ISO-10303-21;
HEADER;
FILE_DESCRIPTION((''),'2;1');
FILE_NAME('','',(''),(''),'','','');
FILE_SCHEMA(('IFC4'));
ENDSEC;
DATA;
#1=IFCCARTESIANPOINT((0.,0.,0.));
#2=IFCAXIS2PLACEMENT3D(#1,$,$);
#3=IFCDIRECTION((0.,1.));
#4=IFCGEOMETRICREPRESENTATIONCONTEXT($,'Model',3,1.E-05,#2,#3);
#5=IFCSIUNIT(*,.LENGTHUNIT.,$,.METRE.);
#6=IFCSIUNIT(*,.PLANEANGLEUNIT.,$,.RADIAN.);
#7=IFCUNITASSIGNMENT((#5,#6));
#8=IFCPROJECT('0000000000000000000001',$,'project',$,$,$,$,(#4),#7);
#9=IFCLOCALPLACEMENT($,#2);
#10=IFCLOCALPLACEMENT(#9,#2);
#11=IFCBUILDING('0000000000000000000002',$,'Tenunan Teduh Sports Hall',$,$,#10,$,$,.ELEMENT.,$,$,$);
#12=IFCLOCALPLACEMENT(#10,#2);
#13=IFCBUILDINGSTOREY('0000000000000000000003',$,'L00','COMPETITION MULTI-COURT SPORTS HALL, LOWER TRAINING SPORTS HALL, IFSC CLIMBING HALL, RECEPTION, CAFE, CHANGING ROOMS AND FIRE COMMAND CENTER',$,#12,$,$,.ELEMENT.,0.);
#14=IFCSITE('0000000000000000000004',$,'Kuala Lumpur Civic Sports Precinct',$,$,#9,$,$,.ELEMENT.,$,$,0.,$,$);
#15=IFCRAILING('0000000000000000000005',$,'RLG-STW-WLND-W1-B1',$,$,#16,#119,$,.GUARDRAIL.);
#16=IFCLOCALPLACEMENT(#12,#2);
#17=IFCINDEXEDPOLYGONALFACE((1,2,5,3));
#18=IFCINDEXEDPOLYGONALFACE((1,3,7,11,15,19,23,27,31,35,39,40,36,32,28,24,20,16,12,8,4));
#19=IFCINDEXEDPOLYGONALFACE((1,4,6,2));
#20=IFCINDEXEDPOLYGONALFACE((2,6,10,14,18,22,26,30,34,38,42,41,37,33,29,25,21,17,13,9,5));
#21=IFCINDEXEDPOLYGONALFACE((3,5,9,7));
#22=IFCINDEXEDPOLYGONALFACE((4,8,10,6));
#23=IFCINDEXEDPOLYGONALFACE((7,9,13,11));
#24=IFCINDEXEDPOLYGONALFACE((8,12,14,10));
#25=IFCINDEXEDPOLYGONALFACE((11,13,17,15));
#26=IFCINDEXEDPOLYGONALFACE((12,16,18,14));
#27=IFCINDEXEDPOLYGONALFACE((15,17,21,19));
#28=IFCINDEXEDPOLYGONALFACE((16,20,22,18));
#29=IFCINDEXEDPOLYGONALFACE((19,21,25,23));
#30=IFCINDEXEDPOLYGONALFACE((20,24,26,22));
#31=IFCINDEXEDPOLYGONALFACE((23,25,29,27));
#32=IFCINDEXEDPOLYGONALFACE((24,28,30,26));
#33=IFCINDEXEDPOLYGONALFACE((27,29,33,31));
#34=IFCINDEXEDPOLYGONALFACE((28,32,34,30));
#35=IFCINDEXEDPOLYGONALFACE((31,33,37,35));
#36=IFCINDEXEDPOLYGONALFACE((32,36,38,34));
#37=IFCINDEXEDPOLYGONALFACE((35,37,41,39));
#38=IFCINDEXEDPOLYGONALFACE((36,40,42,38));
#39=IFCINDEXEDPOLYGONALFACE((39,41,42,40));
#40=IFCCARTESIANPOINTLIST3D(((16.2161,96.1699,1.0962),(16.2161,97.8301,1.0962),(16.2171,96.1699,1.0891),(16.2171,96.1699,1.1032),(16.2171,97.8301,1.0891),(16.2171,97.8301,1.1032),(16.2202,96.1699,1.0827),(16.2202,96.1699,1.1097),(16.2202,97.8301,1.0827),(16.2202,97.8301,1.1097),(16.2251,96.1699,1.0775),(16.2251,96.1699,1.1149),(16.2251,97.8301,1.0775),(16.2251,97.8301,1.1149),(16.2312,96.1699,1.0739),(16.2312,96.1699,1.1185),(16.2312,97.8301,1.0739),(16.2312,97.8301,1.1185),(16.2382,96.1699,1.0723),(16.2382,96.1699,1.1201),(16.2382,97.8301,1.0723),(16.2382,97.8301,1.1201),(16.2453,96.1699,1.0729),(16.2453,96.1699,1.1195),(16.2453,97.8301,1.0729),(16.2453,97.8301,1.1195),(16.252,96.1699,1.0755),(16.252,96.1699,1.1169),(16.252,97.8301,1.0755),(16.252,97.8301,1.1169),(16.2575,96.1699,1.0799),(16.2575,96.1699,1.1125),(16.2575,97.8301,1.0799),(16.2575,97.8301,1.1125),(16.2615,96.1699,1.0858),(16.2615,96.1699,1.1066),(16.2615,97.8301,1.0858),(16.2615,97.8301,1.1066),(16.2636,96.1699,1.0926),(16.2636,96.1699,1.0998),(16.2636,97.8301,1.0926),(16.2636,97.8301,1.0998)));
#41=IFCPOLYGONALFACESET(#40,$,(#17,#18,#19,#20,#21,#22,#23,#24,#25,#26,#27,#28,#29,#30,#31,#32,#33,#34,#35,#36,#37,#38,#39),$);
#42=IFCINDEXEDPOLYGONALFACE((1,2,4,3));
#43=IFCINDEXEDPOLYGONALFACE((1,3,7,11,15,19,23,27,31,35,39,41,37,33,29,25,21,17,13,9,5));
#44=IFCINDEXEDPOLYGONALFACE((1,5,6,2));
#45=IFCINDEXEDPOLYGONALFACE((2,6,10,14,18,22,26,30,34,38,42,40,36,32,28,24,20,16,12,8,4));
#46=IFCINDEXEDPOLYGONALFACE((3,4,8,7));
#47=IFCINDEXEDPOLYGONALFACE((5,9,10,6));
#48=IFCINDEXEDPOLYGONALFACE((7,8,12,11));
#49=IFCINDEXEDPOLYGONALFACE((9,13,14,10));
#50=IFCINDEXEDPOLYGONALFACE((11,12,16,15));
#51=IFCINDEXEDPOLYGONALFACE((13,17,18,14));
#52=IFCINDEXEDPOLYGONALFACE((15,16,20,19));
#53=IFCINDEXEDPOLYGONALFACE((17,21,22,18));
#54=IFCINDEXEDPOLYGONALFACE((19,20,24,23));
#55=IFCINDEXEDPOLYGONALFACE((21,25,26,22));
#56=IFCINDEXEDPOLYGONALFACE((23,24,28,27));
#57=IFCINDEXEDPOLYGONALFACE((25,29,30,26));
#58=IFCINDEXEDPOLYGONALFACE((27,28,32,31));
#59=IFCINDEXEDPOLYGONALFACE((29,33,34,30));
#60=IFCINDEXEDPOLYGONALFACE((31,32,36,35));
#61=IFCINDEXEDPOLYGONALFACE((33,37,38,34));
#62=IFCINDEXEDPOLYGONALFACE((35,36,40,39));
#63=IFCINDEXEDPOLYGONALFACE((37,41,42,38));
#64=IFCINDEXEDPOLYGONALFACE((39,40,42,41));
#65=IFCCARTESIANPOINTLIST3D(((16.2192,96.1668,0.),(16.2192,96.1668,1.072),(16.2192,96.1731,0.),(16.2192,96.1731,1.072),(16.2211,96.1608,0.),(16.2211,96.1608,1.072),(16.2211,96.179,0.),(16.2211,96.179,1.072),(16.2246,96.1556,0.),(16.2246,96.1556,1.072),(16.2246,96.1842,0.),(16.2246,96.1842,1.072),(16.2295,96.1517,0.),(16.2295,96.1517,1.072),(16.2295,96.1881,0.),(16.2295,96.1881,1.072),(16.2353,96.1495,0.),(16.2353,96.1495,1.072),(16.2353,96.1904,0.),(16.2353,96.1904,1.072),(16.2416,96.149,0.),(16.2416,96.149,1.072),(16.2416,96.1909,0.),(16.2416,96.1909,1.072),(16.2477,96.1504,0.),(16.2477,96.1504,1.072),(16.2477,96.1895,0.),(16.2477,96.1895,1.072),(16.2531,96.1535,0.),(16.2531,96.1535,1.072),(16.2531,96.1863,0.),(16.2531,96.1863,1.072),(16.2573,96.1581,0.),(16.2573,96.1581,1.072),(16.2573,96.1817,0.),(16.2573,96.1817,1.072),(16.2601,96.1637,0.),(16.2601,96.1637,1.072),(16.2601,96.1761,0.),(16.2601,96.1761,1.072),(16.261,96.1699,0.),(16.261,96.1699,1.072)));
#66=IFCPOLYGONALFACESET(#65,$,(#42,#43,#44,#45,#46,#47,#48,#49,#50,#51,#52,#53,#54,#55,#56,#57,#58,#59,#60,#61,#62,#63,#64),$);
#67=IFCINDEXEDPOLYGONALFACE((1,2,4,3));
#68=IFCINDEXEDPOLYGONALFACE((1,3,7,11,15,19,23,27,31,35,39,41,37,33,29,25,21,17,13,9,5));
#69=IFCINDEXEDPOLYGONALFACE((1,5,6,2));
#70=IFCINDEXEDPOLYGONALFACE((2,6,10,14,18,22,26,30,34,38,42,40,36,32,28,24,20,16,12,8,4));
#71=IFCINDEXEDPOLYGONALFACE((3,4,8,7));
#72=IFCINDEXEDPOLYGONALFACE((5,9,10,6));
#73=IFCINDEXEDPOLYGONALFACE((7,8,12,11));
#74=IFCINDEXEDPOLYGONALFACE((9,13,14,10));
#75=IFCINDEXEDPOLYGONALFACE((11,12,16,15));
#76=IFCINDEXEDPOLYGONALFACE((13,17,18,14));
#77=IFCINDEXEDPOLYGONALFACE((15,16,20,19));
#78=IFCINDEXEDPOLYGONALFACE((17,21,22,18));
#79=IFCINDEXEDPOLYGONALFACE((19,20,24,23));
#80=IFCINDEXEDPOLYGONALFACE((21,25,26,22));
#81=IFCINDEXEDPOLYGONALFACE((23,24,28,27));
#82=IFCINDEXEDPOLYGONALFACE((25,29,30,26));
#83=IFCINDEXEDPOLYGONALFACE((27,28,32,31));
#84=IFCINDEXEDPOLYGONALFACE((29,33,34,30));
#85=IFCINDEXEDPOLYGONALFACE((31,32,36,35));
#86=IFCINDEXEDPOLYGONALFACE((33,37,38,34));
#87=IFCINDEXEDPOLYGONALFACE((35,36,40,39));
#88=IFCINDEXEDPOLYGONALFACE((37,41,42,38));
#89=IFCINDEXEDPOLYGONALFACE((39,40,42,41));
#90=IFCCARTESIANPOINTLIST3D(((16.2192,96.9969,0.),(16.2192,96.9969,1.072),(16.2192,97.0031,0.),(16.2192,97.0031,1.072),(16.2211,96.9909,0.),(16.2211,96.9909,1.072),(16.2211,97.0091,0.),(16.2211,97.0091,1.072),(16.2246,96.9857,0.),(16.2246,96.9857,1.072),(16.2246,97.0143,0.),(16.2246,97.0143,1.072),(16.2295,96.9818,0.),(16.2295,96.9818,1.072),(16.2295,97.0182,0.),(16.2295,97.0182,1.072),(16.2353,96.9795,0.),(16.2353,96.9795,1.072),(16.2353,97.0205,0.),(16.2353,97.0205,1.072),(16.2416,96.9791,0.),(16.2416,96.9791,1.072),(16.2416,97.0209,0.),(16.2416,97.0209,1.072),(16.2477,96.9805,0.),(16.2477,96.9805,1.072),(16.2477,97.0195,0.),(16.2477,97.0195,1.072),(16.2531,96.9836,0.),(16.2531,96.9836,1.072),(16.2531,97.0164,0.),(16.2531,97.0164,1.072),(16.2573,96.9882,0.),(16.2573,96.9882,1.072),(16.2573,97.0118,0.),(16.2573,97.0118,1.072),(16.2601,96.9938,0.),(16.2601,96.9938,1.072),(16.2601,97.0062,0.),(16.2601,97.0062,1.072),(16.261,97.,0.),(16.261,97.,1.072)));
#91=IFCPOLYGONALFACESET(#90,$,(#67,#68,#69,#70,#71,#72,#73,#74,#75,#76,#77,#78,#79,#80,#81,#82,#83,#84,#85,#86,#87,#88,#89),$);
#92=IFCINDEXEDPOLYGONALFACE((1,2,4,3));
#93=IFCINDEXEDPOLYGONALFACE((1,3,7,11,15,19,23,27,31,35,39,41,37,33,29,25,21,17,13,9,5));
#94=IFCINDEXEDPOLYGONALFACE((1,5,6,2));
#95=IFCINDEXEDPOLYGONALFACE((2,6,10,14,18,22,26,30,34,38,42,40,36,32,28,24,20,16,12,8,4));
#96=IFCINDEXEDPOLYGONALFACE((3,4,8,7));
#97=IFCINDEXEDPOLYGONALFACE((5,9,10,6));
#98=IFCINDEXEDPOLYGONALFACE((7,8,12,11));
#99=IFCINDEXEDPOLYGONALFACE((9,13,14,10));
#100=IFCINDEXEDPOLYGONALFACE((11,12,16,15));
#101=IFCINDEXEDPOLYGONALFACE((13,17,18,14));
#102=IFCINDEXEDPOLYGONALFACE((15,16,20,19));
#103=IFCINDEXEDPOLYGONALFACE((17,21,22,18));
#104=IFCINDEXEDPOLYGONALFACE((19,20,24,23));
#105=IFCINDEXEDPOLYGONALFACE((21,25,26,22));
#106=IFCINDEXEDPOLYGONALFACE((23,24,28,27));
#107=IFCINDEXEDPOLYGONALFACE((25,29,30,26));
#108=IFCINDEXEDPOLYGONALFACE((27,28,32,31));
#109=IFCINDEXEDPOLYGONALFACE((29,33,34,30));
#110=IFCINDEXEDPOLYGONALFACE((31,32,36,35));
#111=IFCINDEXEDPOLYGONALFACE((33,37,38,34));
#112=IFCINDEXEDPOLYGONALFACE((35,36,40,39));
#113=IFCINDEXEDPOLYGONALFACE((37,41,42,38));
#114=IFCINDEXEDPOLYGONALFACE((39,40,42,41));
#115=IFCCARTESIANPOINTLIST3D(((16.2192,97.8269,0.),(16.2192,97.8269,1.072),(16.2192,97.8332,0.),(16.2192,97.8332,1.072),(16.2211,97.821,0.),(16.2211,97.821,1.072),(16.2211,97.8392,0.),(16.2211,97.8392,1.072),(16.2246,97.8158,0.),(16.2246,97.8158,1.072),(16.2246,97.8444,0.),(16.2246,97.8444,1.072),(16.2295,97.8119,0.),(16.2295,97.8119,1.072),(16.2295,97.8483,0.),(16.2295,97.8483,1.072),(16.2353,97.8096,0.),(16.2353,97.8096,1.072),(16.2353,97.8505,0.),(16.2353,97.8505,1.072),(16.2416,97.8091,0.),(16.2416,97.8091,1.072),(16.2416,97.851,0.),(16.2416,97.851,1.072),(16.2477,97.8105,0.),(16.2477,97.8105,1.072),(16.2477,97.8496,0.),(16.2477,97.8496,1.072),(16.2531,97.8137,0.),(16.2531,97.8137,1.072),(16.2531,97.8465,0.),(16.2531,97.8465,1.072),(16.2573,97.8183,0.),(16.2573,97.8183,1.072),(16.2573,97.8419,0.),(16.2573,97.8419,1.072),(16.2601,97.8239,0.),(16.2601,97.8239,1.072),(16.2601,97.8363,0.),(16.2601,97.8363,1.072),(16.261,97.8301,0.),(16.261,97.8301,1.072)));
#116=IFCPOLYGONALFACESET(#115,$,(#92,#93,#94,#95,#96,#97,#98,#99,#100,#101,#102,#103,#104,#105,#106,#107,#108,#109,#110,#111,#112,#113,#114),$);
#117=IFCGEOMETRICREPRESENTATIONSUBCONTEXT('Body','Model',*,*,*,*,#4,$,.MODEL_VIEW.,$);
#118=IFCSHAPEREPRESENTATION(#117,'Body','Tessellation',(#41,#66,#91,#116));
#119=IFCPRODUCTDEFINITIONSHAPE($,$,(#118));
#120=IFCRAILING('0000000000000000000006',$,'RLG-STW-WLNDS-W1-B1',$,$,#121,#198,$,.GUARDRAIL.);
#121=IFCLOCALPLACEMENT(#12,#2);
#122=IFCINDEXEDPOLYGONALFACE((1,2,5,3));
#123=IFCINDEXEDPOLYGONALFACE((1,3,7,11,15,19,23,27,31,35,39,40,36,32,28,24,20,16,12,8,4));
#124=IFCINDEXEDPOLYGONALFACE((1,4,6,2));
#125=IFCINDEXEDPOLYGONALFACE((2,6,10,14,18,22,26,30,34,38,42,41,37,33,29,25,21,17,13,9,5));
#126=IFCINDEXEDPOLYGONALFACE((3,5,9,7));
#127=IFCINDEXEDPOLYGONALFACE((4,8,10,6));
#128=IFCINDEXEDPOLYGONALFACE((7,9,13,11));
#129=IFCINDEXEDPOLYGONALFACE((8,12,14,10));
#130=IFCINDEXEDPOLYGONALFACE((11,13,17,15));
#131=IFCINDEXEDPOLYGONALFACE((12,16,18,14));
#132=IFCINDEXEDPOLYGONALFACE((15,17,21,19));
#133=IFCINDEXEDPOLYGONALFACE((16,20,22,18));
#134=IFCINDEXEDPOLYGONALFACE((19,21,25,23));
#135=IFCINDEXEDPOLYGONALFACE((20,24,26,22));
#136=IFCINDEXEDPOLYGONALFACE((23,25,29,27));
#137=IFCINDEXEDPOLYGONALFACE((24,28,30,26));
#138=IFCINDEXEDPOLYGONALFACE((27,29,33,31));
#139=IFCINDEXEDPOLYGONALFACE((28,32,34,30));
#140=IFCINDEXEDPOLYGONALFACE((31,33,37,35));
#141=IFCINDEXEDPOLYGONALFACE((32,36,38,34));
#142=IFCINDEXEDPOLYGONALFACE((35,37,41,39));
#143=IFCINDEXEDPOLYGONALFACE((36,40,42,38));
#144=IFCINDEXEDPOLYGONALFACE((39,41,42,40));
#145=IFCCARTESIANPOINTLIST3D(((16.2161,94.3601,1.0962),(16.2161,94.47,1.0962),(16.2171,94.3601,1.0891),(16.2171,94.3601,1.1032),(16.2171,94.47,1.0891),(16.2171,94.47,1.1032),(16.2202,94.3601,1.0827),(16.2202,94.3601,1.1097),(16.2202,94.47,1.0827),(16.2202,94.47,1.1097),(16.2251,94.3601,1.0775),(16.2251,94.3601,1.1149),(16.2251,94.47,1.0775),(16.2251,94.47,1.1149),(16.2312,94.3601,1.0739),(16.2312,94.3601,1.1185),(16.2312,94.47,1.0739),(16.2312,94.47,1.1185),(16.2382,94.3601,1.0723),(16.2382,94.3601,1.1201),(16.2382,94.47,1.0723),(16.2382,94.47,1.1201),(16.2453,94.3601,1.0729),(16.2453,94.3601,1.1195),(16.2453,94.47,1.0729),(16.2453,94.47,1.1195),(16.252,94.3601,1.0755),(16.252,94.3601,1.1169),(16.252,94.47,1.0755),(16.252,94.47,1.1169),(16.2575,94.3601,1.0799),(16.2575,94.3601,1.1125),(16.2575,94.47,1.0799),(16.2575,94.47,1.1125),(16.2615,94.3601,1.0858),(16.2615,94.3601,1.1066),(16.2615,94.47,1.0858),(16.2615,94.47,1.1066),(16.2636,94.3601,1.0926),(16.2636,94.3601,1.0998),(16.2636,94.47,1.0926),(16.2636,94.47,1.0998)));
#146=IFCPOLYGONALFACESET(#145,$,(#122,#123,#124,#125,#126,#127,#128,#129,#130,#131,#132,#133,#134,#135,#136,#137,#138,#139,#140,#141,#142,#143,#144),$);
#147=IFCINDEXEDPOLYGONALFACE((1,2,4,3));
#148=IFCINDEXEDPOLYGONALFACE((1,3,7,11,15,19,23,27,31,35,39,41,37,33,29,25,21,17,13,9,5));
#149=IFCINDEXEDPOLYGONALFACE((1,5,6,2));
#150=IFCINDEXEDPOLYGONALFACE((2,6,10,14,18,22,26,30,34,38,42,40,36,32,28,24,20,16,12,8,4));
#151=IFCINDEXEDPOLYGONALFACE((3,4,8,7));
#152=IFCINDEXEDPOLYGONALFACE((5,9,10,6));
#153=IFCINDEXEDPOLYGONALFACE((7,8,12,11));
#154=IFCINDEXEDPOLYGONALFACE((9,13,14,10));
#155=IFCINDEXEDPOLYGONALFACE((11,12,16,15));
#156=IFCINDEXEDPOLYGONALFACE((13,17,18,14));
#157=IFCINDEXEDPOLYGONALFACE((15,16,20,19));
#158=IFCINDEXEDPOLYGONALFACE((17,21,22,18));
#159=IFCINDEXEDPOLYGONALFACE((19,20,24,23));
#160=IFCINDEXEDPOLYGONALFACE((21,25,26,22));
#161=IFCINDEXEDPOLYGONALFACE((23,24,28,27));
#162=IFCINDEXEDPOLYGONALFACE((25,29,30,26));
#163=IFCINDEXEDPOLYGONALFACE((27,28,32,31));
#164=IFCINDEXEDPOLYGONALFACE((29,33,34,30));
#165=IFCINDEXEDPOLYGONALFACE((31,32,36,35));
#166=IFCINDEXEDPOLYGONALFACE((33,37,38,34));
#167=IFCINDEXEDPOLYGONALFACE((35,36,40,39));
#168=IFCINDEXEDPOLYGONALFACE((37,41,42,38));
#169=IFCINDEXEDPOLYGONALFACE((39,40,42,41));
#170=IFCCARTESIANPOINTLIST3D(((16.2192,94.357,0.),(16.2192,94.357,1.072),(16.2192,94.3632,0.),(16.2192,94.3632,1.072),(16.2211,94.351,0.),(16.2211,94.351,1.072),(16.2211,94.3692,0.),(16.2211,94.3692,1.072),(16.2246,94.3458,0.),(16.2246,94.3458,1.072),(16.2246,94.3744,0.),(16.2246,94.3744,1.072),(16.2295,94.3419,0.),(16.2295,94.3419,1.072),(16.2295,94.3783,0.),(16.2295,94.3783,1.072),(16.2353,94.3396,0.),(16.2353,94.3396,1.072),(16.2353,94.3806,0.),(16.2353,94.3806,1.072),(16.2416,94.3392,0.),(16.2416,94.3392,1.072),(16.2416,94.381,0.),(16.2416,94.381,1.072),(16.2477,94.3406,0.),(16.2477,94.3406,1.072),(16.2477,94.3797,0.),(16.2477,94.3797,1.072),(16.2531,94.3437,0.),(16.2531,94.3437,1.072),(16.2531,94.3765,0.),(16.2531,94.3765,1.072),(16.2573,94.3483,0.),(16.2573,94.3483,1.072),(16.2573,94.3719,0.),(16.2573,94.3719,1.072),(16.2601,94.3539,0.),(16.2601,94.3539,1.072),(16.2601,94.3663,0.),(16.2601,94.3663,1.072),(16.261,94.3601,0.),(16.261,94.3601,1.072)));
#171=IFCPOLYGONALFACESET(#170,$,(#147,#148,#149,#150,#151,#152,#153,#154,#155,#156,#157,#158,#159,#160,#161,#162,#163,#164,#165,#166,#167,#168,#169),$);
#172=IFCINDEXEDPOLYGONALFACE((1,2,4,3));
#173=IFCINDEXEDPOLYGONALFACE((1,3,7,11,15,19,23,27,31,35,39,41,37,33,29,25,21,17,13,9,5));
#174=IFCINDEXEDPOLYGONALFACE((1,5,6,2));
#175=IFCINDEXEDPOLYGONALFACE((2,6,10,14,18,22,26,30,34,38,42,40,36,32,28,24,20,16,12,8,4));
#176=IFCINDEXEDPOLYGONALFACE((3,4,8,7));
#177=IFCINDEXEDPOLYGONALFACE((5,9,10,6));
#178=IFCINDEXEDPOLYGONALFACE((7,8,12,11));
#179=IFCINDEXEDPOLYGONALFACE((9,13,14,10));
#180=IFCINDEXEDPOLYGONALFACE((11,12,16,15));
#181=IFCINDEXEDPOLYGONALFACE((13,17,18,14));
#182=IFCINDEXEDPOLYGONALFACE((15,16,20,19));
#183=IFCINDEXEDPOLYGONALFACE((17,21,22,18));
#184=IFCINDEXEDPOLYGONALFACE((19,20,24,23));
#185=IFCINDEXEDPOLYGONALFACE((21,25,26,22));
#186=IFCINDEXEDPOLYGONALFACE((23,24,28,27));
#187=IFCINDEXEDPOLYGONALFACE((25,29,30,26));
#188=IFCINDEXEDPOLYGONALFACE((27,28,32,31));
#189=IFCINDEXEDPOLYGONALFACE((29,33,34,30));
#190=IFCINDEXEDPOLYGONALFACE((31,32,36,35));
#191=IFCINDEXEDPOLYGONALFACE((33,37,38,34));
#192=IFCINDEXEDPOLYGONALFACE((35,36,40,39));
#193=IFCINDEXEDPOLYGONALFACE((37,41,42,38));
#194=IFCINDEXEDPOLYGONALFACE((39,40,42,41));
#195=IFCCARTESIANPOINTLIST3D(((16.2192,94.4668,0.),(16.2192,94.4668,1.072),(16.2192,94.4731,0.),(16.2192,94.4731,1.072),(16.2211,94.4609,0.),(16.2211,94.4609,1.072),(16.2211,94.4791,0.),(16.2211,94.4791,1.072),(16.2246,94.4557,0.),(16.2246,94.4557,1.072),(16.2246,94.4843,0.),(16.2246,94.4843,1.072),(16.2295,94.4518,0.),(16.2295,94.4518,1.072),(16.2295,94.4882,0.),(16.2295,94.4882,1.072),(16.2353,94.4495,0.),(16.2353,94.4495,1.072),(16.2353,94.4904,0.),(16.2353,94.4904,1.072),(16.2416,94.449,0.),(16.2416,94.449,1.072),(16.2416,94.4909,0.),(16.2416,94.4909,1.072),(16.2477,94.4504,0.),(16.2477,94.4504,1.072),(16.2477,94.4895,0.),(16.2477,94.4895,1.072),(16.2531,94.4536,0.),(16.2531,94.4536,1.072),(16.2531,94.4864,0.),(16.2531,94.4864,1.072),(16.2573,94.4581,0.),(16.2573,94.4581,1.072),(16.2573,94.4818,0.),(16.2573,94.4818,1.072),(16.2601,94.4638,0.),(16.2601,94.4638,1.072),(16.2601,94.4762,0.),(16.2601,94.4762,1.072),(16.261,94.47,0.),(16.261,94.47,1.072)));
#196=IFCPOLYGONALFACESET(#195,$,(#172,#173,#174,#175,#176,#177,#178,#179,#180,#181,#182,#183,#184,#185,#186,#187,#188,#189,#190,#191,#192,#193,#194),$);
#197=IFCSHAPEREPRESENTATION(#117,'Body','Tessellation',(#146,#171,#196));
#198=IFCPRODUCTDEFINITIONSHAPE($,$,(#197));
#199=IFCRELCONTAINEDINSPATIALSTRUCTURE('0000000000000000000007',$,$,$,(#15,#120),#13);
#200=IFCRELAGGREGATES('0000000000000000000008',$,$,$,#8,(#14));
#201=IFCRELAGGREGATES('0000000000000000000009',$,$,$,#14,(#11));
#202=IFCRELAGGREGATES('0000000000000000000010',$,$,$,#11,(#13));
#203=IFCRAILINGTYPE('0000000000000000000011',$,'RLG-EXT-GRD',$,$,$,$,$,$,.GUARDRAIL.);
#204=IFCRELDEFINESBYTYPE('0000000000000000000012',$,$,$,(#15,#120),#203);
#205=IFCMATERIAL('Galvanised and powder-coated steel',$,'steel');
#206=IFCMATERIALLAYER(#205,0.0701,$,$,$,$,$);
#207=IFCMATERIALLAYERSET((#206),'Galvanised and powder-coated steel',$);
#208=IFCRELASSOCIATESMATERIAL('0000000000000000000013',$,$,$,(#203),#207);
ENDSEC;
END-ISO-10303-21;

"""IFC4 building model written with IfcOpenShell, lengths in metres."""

from ifc_helpers import new_model, si_unit, direction, frame, origin, origin_2d, place, context, subcontext, project, spatial, circle, extrude, material, layer, layer_set, type_object, element, save


model = new_model("IFC4")

# Units and contexts
model_context = context("Model", 3, precision=1e-05, world=origin(), true_north=direction((0.0, 1.0)))
body_context = subcontext(model_context, "Body", "Model", "MODEL_VIEW")
ifc_project = project(units=[si_unit("LENGTHUNIT", "METRE"), si_unit("PLANEANGLEUNIT", "RADIAN")], contexts=[model_context])

# Site, building, storey
site_placement = place(None, origin())
site = spatial("IfcSite", under=ifc_project, at=site_placement, Name="Kuala Lumpur Civic Sports Precinct", CompositionType="ELEMENT", RefElevation=0.0)
building_placement = place(site_placement, origin())
building = spatial("IfcBuilding", under=site, at=building_placement, Name="Tenunan Teduh Sports Hall", CompositionType="ELEMENT")
storey_placement = place(building_placement, origin())
storey = spatial("IfcBuildingStorey", under=building, at=storey_placement, Name="L00", Description="COMPETITION MULTI-COURT SPORTS HALL, LOWER TRAINING SPORTS HALL, IFSC CLIMBING HALL, RECEPTION, CAFE, CHANGING ROOMS AND FIRE COMMAND CENTER", CompositionType="ELEMENT", Elevation=0.0)

# Railings
ifc_material_1 = material(Name="Galvanised and powder-coated steel", Category="steel")
ifc_layer_1 = layer(ifc_material_1, 0.0701)
ifc_layer_set_1 = layer_set([ifc_layer_1], Name="Galvanised and powder-coated steel")
railing_type_1 = type_object("IfcRailingType", Name="RLG-EXT-GRD", PredefinedType="GUARDRAIL", material=ifc_layer_set_1)
railing_1_placement = place(storey_placement, frame((16.24, 96.1699, 0.0)))
element("IfcRailing", 1, at=railing_1_placement, inside=storey, type_object=railing_type_1, Name="RLG-STW-WLND-W1-B1", PredefinedType="GUARDRAIL", context=body_context, shape_type="SweptSolid", body=[
    extrude(circle(Radius=0.0239, at=origin_2d()), frame((0.0, 0.0, 1.0962), z_axis=(0.0, 1.0, 0.0), x_axis=(-1.0, 0.0, 0.0)), (0.0, 0.0, 1.0), 1.6602),
    extrude(circle(Radius=0.021, at=origin_2d()), origin(), (0.0, 0.0, 1.0), 1.072),
    extrude(circle(Radius=0.021, at=origin_2d()), frame((0.0, 0.8301, 0.0)), (0.0, 0.0, 1.0), 1.072),
    extrude(circle(Radius=0.021, at=origin_2d()), frame((0.0, 1.6602, 0.0)), (0.0, 0.0, 1.0), 1.072),
])
for number, where, name in (
    (2, (16.24, 94.3601, 0.0), "RLG-STW-WLNDS-W1-B1"),
):
    element("IfcRailing", number, at=place(storey_placement, frame(where)), inside=storey, type_object=railing_type_1, Name=name, PredefinedType="GUARDRAIL", context=body_context, shape_type="SweptSolid", body=[
        extrude(circle(Radius=0.0239, at=origin_2d()), frame((0.0, 0.0, 1.0962), z_axis=(0.0, 1.0, 0.0), x_axis=(-1.0, 0.0, 0.0)), (0.0, 0.0, 1.0), 0.1099),
        extrude(circle(Radius=0.021, at=origin_2d()), origin(), (0.0, 0.0, 1.0), 1.072),
        extrude(circle(Radius=0.021, at=origin_2d()), frame((0.0, 0.1099, 0.0)), (0.0, 0.0, 1.0), 1.072),
    ])

save(model, "model.ifc")
